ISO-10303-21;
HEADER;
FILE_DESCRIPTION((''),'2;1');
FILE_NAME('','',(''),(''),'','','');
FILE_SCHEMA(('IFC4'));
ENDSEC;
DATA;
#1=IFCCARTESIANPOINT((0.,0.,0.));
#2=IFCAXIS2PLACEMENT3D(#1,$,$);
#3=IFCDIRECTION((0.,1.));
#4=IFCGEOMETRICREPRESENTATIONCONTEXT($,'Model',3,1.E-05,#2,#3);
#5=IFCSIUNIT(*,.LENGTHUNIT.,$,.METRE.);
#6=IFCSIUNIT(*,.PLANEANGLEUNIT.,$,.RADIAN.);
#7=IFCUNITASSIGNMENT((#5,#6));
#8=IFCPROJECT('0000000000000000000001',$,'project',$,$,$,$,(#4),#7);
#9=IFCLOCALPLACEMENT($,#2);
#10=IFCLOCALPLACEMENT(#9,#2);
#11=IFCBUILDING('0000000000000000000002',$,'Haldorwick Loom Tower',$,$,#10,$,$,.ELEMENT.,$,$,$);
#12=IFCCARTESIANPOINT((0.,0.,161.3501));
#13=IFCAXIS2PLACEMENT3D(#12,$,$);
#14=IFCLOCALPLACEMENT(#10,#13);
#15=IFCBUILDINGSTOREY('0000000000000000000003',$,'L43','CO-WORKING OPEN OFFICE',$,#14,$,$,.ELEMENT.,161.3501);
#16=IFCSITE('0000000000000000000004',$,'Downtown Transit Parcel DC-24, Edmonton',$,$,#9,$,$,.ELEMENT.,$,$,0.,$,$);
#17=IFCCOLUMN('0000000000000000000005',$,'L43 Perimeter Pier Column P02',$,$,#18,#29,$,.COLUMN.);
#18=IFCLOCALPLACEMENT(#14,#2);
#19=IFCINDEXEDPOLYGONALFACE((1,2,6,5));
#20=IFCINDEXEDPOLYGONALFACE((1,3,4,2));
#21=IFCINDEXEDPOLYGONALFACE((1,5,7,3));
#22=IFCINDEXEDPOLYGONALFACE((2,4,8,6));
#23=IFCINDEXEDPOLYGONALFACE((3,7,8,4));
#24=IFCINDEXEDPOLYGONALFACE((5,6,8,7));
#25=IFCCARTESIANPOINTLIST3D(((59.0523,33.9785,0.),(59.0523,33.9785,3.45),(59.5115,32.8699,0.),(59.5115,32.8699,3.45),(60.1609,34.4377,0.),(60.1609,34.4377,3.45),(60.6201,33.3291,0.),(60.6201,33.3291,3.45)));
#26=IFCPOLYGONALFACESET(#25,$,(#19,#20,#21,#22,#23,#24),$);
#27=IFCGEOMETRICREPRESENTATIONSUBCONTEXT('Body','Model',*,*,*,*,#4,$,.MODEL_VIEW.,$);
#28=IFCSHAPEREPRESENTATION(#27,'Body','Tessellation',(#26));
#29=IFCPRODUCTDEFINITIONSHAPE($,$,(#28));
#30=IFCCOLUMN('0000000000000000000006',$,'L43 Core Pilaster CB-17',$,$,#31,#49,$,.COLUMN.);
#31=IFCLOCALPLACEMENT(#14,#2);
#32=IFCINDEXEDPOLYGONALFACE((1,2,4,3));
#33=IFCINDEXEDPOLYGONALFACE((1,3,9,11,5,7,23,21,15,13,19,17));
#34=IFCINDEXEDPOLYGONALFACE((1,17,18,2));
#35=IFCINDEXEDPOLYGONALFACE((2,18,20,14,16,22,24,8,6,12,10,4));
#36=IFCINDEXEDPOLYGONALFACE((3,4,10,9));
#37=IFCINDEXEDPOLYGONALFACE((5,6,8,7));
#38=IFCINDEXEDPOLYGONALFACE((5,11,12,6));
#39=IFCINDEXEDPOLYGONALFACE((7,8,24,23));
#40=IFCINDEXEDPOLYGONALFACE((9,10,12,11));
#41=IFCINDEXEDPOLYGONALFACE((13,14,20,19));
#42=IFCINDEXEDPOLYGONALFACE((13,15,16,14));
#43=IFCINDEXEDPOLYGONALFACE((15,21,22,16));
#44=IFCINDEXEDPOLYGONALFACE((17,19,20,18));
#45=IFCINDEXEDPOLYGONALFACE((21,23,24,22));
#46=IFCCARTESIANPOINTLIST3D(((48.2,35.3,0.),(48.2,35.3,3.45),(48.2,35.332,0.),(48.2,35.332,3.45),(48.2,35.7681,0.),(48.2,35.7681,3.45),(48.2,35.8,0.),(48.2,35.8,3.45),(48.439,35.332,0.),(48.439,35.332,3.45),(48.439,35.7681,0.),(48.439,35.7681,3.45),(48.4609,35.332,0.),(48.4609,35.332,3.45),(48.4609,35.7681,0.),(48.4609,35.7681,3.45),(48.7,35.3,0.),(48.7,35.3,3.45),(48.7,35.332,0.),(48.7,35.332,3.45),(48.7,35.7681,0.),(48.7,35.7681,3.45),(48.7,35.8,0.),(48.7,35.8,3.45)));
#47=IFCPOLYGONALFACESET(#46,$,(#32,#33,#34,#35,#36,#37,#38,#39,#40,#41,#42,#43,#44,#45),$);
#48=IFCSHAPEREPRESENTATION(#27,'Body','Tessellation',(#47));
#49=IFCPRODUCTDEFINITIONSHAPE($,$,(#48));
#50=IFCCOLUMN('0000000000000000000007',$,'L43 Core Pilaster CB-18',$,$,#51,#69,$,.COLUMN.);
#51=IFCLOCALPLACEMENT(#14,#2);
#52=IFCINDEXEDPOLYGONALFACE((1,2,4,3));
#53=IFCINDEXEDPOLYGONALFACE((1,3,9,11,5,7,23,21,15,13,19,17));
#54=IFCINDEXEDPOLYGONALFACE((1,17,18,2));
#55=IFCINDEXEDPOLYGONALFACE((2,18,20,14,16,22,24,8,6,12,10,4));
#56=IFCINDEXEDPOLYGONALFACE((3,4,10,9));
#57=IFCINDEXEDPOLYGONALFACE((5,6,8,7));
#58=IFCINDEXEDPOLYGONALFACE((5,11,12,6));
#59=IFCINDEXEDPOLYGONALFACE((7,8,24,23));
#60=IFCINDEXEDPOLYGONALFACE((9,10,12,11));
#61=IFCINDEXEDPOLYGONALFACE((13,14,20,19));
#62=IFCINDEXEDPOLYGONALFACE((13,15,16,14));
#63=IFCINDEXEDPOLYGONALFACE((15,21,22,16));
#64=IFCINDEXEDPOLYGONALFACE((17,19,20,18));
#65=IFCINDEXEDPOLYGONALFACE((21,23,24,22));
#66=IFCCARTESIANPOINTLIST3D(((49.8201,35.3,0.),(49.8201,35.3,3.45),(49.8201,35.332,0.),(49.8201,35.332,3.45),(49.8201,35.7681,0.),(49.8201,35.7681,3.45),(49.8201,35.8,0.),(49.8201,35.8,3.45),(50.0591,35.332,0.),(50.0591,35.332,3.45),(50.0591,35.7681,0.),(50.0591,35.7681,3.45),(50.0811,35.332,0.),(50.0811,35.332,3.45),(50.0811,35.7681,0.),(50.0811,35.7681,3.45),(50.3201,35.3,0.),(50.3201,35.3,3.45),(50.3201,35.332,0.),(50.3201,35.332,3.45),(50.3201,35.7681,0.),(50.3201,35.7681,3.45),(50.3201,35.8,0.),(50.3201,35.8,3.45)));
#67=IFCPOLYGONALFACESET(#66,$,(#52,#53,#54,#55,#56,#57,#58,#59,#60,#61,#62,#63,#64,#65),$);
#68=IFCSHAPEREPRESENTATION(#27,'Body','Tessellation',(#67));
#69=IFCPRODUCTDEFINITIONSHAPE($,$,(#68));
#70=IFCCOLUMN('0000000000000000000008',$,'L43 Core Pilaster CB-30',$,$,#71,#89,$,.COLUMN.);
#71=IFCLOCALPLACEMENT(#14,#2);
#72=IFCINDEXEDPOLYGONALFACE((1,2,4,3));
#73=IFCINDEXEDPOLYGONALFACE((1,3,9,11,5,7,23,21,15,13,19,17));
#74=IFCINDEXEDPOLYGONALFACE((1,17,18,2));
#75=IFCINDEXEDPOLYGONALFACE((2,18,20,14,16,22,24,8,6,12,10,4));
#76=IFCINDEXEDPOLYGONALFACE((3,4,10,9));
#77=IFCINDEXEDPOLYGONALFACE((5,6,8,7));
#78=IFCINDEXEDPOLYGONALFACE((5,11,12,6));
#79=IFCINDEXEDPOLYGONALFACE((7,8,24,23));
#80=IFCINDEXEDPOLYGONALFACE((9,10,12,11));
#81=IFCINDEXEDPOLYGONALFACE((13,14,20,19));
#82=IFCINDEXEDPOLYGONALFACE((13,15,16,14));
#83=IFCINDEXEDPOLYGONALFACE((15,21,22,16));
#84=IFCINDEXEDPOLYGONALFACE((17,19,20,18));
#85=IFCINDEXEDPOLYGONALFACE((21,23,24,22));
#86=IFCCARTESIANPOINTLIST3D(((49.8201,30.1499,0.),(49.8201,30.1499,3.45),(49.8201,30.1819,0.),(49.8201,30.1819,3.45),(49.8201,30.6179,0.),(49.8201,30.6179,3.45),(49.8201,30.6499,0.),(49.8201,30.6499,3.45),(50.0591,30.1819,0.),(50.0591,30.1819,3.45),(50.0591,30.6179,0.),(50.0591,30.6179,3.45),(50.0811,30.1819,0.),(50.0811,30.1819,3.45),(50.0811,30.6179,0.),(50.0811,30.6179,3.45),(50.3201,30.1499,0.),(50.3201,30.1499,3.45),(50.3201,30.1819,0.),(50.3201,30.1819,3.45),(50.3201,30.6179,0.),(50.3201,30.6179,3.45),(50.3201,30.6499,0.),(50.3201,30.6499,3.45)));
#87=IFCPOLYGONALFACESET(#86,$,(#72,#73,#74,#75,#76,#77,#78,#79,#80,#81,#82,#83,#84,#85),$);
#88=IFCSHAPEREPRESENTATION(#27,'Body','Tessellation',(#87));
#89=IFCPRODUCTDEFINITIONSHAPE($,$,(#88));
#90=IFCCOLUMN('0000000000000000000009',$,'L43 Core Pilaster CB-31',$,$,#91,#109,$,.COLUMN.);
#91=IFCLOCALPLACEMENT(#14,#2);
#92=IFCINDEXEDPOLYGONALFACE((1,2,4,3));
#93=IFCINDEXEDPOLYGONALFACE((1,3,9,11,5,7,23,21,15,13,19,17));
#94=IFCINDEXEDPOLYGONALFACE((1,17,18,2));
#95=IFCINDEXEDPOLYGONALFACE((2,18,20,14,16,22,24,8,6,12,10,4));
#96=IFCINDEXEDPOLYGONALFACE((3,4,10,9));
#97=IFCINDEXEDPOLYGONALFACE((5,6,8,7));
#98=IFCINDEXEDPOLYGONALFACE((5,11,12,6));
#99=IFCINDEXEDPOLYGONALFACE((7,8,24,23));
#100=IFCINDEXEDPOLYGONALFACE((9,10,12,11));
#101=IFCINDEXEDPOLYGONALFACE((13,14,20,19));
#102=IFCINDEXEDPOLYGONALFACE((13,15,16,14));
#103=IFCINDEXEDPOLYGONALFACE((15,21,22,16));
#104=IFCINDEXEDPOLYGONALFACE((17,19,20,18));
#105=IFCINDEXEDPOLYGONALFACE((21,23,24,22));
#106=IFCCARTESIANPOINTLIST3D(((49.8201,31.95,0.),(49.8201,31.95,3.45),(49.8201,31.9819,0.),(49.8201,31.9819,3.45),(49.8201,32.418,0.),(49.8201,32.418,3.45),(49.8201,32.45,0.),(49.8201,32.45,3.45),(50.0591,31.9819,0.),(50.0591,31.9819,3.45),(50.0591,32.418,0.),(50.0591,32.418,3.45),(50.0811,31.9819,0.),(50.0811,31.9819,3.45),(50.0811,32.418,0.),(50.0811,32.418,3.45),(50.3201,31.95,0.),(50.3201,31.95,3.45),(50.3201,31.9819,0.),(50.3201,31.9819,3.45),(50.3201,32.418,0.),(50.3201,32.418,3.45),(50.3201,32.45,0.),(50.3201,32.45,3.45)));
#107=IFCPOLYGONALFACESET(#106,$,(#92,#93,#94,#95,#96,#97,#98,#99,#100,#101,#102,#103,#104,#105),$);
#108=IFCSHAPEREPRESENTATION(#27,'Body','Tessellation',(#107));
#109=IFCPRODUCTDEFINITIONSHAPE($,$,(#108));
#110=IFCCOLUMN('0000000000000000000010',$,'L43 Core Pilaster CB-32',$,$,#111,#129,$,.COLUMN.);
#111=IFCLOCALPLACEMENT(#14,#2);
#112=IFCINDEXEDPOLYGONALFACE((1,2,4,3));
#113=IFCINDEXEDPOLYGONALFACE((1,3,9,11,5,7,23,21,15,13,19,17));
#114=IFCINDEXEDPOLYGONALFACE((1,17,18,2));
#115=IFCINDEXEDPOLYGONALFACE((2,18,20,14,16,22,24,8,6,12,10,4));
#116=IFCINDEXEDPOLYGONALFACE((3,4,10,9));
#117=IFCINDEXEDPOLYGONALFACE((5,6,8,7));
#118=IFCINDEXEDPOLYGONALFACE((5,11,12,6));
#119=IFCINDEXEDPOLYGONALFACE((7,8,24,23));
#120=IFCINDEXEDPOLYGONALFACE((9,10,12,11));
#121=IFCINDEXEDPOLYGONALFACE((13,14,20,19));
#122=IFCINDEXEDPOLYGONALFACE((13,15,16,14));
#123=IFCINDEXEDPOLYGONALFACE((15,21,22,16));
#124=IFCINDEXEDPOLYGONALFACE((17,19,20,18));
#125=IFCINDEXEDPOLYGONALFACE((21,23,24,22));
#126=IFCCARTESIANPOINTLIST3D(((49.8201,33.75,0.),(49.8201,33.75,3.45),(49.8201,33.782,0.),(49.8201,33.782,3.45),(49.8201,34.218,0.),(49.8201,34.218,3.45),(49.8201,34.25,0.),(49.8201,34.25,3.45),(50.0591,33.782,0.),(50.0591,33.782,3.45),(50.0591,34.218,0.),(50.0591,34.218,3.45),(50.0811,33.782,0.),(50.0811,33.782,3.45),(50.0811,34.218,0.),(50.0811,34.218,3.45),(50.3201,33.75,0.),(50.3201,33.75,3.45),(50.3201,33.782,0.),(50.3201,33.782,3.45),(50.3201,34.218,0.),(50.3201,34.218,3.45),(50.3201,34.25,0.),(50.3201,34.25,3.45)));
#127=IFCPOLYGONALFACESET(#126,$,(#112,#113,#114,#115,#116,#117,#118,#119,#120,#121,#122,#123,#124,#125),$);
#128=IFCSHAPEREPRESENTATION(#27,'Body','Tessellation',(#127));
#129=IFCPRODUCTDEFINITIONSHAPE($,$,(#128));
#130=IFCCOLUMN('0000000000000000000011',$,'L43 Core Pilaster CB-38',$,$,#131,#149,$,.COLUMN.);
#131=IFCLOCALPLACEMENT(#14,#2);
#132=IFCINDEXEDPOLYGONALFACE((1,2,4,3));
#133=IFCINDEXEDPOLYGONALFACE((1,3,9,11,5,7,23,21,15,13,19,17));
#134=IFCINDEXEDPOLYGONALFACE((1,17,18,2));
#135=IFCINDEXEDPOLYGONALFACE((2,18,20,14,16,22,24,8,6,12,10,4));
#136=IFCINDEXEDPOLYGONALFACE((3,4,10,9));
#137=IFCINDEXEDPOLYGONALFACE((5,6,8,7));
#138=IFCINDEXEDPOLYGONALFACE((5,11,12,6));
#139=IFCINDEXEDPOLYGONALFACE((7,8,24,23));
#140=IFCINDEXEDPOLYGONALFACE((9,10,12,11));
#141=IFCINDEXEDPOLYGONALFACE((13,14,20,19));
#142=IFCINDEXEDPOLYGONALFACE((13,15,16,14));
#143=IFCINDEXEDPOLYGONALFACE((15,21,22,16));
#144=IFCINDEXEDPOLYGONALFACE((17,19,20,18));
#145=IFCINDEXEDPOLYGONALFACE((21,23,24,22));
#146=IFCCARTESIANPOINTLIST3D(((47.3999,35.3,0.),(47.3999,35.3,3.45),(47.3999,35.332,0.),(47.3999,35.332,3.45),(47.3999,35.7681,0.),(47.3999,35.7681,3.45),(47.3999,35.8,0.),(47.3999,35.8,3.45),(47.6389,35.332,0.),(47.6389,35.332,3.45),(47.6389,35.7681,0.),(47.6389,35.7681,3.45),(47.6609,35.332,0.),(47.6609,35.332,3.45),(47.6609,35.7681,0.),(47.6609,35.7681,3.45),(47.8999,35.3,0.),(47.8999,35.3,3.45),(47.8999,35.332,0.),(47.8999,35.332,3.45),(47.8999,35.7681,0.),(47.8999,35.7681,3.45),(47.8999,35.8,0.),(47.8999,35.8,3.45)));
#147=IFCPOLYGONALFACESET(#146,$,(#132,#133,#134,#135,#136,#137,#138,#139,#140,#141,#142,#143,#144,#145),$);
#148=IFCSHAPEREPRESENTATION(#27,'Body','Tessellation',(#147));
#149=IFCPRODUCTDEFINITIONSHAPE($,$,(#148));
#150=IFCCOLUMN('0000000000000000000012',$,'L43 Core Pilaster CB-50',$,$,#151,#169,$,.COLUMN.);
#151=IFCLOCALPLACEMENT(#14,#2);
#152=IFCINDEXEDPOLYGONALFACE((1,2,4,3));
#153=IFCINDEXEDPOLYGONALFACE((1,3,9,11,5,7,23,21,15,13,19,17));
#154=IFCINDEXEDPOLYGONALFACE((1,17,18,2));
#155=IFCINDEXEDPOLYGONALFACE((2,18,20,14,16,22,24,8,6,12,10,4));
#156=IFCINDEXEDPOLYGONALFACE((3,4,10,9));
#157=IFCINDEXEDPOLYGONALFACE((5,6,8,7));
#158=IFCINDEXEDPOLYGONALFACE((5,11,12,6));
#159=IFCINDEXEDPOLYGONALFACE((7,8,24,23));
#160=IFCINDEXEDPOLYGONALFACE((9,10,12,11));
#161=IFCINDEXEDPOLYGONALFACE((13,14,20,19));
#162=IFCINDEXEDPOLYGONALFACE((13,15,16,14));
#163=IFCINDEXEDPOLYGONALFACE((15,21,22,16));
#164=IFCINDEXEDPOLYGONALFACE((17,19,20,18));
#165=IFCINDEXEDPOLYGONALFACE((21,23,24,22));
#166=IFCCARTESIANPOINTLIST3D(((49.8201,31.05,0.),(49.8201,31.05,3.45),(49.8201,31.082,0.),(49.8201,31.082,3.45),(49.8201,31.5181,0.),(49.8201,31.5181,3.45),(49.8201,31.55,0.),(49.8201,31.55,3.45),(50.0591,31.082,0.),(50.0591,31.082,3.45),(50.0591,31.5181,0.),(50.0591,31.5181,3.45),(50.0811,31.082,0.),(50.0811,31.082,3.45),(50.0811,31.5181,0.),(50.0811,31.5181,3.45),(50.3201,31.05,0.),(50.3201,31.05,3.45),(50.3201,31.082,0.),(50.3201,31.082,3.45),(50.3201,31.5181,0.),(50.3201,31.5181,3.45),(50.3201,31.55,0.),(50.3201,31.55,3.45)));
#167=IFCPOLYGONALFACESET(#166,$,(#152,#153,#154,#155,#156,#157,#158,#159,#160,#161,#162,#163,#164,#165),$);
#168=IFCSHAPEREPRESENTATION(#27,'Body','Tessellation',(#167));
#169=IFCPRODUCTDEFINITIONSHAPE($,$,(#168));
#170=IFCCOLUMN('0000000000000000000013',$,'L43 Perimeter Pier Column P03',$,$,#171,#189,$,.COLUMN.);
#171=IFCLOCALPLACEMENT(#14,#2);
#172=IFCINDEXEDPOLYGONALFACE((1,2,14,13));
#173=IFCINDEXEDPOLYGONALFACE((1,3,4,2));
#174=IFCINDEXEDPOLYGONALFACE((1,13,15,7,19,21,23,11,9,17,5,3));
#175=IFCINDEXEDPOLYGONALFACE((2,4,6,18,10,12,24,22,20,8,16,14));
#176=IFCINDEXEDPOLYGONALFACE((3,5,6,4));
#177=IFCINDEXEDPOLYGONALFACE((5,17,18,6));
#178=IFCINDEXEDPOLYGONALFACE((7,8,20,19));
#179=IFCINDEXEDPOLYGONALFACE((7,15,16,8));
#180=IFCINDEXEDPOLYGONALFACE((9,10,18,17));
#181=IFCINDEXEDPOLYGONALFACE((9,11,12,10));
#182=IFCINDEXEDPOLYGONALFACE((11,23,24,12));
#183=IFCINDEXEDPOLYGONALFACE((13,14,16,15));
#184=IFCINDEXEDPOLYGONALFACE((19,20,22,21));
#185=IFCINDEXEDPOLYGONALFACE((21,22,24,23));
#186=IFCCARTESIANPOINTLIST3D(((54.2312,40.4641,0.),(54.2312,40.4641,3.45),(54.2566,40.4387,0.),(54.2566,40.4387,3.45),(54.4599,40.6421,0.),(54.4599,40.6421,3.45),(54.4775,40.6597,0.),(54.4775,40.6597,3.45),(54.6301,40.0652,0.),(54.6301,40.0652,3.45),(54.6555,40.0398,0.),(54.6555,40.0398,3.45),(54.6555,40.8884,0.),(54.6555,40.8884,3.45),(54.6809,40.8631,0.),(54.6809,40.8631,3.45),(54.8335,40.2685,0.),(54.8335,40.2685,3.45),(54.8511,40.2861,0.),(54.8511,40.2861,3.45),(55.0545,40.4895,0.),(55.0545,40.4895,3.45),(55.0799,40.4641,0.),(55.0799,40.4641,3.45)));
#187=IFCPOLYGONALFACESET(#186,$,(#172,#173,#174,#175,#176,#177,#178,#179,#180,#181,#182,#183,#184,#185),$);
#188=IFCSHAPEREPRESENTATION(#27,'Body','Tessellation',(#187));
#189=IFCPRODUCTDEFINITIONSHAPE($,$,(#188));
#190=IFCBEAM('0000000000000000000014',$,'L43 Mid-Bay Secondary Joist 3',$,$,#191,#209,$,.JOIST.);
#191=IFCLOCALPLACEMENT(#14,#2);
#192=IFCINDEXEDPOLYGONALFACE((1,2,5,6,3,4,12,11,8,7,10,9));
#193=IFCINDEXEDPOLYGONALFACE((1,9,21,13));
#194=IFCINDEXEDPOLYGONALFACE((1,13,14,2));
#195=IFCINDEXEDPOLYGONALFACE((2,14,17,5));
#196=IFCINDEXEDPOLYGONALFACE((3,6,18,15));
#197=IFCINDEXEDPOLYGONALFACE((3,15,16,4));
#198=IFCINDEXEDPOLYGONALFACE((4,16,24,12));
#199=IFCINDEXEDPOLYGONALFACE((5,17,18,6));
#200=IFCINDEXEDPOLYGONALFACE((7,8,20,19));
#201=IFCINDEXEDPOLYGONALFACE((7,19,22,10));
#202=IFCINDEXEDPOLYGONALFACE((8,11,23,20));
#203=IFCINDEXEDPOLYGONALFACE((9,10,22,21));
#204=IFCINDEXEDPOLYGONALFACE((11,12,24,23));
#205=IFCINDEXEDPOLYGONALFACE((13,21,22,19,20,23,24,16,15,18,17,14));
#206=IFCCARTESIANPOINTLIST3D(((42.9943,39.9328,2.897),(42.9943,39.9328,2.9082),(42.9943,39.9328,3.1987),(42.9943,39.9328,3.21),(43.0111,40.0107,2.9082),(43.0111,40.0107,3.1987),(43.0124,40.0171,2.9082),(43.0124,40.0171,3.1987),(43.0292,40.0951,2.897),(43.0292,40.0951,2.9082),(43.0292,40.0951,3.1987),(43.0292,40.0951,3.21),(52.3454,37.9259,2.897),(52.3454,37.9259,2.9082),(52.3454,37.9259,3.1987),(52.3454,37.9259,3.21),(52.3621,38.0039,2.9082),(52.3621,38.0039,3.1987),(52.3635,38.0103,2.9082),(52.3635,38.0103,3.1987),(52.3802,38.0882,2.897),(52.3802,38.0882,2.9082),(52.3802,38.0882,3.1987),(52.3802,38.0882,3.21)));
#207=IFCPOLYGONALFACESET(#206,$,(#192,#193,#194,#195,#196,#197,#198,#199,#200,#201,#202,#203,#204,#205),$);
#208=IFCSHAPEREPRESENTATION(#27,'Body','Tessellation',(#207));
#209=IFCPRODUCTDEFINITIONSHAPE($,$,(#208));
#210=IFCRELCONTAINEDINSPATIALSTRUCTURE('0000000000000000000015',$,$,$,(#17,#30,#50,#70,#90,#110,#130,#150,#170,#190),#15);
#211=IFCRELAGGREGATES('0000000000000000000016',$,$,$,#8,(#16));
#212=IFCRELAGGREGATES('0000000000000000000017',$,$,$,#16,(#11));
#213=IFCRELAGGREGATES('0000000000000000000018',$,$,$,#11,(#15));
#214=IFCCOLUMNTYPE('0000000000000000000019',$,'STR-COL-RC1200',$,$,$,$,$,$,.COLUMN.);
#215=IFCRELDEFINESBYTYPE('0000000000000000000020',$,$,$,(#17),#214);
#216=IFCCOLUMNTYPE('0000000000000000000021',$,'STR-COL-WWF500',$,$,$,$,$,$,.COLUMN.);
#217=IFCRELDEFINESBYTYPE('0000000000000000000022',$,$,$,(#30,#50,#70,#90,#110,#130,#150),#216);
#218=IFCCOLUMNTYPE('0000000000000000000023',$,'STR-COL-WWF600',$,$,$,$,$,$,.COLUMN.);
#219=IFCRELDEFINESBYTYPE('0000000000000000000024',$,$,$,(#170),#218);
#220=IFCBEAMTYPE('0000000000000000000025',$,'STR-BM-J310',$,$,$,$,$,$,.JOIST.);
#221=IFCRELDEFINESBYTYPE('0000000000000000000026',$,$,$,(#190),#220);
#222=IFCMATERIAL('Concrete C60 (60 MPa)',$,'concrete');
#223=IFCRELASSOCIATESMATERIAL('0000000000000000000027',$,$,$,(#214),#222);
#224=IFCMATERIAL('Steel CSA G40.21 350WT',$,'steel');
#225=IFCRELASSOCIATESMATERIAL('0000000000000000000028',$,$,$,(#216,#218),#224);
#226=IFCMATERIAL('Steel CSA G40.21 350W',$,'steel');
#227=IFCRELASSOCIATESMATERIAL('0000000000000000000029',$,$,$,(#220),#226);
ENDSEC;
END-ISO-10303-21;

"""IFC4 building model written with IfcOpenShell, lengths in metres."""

from ifc_helpers import new_model, si_unit, direction, frame, origin, origin_2d, place, context, subcontext, project, spatial, rectangle, i_section, extrude, material, material_profile, profile_set, type_object, element, save


model = new_model("IFC4")

# Units and contexts
model_context = context("Model", 3, precision=1e-05, world=origin(), true_north=direction((0.0, 1.0)))
body_context = subcontext(model_context, "Body", "Model", "MODEL_VIEW")
ifc_project = project(units=[si_unit("LENGTHUNIT", "METRE"), si_unit("PLANEANGLEUNIT", "RADIAN")], contexts=[model_context])

# Site, building, storey
site_placement = place(None, origin())
site = spatial("IfcSite", under=ifc_project, at=site_placement, Name="Downtown Transit Parcel DC-24, Edmonton", CompositionType="ELEMENT", RefElevation=0.0)
building_placement = place(site_placement, origin())
building = spatial("IfcBuilding", under=site, at=building_placement, Name="Haldorwick Loom Tower", CompositionType="ELEMENT")
storey_placement = place(building_placement, frame((0.0, 0.0, 161.3501)))
storey = spatial("IfcBuildingStorey", under=building, at=storey_placement, Name="L43", Description="CO-WORKING OPEN OFFICE", CompositionType="ELEMENT", Elevation=161.3501)

# Columns
ifc_material_1 = material(Name="Concrete C60 (60 MPa)", Category="concrete")
ifc_material_profile_1 = material_profile(ifc_material_1, rectangle(XDim=1.2, YDim=1.2, at=origin_2d()), Name="RC1200X1200", Category="concrete")
ifc_profile_set_1 = profile_set([ifc_material_profile_1], Name="Concrete C60 (60 MPa)")
column_type_1 = type_object("IfcColumnType", Name="STR-COL-RC1200", PredefinedType="COLUMN", material=ifc_profile_set_1)
column_1_placement = place(storey_placement, frame((59.8362, 33.6538, 0.0), z_axis=(0.0, 0.0, 1.0), x_axis=(0.92388, 0.382683, 0.0)))
element("IfcColumn", 1, at=column_1_placement, inside=storey, type_object=column_type_1, Name="L43 Perimeter Pier Column P02", PredefinedType="COLUMN", context=body_context, shape_type="SweptSolid", body=[
    extrude(rectangle(XDim=1.2, YDim=1.2, at=origin_2d()), origin(), (0.0, 0.0, 1.0), 3.45),
])
ifc_material_2 = material(Name="Steel CSA G40.21 350WT", Category="steel")
ifc_material_profile_2 = material_profile(ifc_material_2, i_section(OverallWidth=0.5, OverallDepth=0.5, WebThickness=0.022, FlangeThickness=0.032, at=origin_2d()), Name="WWF500X500", Category="steel")
ifc_profile_set_2 = profile_set([ifc_material_profile_2], Name="Steel CSA G40.21 350WT")
column_type_2 = type_object("IfcColumnType", Name="STR-COL-WWF500", PredefinedType="COLUMN", material=ifc_profile_set_2)
for number, where, z_axis, x_axis, name in (
    (2, (48.45, 35.55, 0.0), (0.0, 0.0, 1.0), (1.0, 0.0, 0.0), "L43 Core Pilaster CB-17"),
    (3, (50.0701, 35.55, 0.0), (0.0, 0.0, 1.0), (1.0, 0.0, 0.0), "L43 Core Pilaster CB-18"),
    (4, (50.0701, 30.3999, 0.0), (0.0, 0.0, 1.0), (1.0, 0.0, 0.0), "L43 Core Pilaster CB-30"),
    (5, (50.0701, 32.2, 0.0), (0.0, 0.0, 1.0), (1.0, 0.0, 0.0), "L43 Core Pilaster CB-31"),
    (6, (50.0701, 34.0, 0.0), (0.0, 0.0, 1.0), (1.0, 0.0, 0.0), "L43 Core Pilaster CB-32"),
    (7, (47.6499, 35.55, 0.0), (0.0, 0.0, 1.0), (1.0, 0.0, 0.0), "L43 Core Pilaster CB-38"),
    (8, (50.0701, 31.3, 0.0), (0.0, 0.0, 1.0), (1.0, 0.0, 0.0), "L43 Core Pilaster CB-50"),
):
    element("IfcColumn", number, at=place(storey_placement, frame(where, z_axis=z_axis, x_axis=x_axis)), inside=storey, type_object=column_type_2, Name=name, PredefinedType="COLUMN", context=body_context, shape_type="SweptSolid", body=[
        extrude(i_section(OverallWidth=0.5, OverallDepth=0.5, WebThickness=0.022, FlangeThickness=0.032, at=origin_2d()), origin(), (0.0, 0.0, 1.0), 3.45),
    ])
ifc_material_profile_3 = material_profile(ifc_material_2, i_section(OverallWidth=0.6001, OverallDepth=0.6001, WebThickness=0.0249, FlangeThickness=0.0359, at=origin_2d()), Name="WWF600X600", Category="steel")
ifc_profile_set_3 = profile_set([ifc_material_profile_3], Name="Steel CSA G40.21 350WT")
column_type_3 = type_object("IfcColumnType", Name="STR-COL-WWF600", PredefinedType="COLUMN", material=ifc_profile_set_3)
column_2_placement = place(storey_placement, frame((54.6555, 40.4641, 0.0), z_axis=(0.0, 0.0, 1.0), x_axis=(0.707107, 0.707107, 0.0)))
element("IfcColumn", 9, at=column_2_placement, inside=storey, type_object=column_type_3, Name="L43 Perimeter Pier Column P03", PredefinedType="COLUMN", context=body_context, shape_type="SweptSolid", body=[
    extrude(i_section(OverallWidth=0.6001, OverallDepth=0.6001, WebThickness=0.0249, FlangeThickness=0.0359, at=origin_2d()), origin(), (0.0, 0.0, 1.0), 3.45),
])

# Beam
ifc_material_3 = material(Name="Steel CSA G40.21 350W", Category="steel")
ifc_material_profile_4 = material_profile(ifc_material_3, i_section(OverallWidth=0.166, OverallDepth=0.313, WebThickness=0.0066, FlangeThickness=0.0112, at=origin_2d()), Name="W310X45", Category="steel")
ifc_profile_set_4 = profile_set([ifc_material_profile_4], Name="Steel CSA G40.21 350W")
beam_type_1 = type_object("IfcBeamType", Name="STR-BM-J310", PredefinedType="JOIST", material=ifc_profile_set_4)
beam_1_placement = place(storey_placement, frame((52.3628, 38.0071, 3.0535), z_axis=(-0.977737, 0.209832, 0.0), x_axis=(-0.209832, -0.977737, 0.0)))
element("IfcBeam", 10, at=beam_1_placement, inside=storey, type_object=beam_type_1, Name="L43 Mid-Bay Secondary Joist 3", PredefinedType="JOIST", context=body_context, shape_type="SweptSolid", body=[
    extrude(i_section(OverallWidth=0.166, OverallDepth=0.313, WebThickness=0.0066, FlangeThickness=0.0112, at=origin_2d()), origin(), (0.0, 0.0, 1.0), 9.564),
])

save(model, "model.ifc")
